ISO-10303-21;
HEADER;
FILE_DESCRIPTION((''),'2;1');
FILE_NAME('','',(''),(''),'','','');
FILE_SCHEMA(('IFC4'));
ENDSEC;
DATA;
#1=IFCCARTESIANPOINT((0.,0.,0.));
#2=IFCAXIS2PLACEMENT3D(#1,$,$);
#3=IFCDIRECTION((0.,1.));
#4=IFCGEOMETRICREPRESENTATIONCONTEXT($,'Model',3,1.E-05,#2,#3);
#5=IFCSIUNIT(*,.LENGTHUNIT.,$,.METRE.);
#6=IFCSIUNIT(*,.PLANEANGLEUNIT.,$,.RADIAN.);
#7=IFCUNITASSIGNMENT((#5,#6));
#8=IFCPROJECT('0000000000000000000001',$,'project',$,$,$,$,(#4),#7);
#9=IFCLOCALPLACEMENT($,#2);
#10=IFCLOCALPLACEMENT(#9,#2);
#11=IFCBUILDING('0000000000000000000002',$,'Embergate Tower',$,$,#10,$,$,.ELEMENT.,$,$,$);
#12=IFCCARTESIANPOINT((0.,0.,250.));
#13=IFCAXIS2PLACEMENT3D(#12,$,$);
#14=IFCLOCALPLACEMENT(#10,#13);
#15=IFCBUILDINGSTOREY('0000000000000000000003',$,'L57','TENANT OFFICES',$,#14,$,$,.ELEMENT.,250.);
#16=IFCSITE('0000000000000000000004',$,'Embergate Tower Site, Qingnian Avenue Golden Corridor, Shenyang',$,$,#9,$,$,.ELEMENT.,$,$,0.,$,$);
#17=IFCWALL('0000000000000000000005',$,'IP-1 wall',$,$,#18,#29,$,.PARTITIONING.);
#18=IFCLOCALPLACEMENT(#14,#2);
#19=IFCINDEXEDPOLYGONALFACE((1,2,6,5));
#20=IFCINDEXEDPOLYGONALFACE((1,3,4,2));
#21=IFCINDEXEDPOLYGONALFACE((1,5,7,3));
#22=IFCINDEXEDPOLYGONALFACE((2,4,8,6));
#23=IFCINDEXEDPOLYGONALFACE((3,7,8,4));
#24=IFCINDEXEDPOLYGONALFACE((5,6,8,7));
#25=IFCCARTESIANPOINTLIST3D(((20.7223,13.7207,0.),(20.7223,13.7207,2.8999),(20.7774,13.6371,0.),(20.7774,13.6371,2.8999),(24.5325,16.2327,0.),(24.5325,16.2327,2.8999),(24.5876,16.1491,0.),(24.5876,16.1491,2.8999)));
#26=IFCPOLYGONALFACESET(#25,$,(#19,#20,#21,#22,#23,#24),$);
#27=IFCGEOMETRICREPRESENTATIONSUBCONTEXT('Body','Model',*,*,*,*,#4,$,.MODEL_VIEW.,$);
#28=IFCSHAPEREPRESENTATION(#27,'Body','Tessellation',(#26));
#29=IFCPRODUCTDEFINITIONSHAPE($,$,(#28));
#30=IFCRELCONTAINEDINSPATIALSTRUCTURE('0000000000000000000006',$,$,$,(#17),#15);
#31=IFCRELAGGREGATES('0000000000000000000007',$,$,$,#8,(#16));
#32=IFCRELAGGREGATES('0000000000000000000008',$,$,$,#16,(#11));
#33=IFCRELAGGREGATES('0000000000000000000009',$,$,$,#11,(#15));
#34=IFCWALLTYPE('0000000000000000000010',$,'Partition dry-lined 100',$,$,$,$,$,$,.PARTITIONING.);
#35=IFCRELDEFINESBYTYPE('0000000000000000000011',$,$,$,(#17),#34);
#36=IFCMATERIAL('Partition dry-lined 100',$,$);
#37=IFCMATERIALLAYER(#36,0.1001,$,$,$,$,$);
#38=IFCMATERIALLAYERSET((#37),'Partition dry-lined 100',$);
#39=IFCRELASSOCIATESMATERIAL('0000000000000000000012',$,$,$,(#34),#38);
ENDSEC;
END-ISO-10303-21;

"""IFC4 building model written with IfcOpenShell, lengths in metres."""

from ifc_helpers import new_model, si_unit, direction, frame, frame_2d, origin, place, context, subcontext, project, spatial, rectangle, extrude, source, transform, mapped, material, layer, layer_set, type_object, element, save


model = new_model("IFC4")

# Units and contexts
model_context = context("Model", 3, precision=1e-05, world=origin(), true_north=direction((0.0, 1.0)))
body_context = subcontext(model_context, "Body", "Model", "MODEL_VIEW")
ifc_project = project(units=[si_unit("LENGTHUNIT", "METRE"), si_unit("PLANEANGLEUNIT", "RADIAN")], contexts=[model_context])

# Site, building, storey
site_placement = place(None, origin())
site = spatial("IfcSite", under=ifc_project, at=site_placement, Name="Embergate Tower Site, Qingnian Avenue Golden Corridor, Shenyang", CompositionType="ELEMENT", RefElevation=0.0)
building_placement = place(site_placement, origin())
building = spatial("IfcBuilding", under=site, at=building_placement, Name="Embergate Tower", CompositionType="ELEMENT")
storey_placement = place(building_placement, frame((0.0, 0.0, 250.0)))
storey = spatial("IfcBuildingStorey", under=building, at=storey_placement, Name="L57", Description="TENANT OFFICES", CompositionType="ELEMENT", Elevation=250.0)

# Wall
ifc_material_1 = material(Name="Partition dry-lined 100")
ifc_layer_1 = layer(ifc_material_1, 0.1001)
ifc_layer_set_1 = layer_set([ifc_layer_1], Name="Partition dry-lined 100")
wall_type = type_object("IfcWallType", Name="Partition dry-lined 100", PredefinedType="PARTITIONING", material=ifc_layer_set_1)
shared_shape_1 = source(origin(), body_context, "Body", "SweptSolid", [
    extrude(rectangle(XDim=4.5637, YDim=0.1001, at=frame_2d((2.2817, 0.0))), origin(), (0.0, 0.0, 1.0), 2.8999),
])
wall_placement = place(storey_placement, frame((20.75, 13.679, 0.0), z_axis=(0.0, 0.0, 1.0), x_axis=(0.834879, 0.550434, 0.0)))
element("IfcWall", 1, at=wall_placement, inside=storey, type_object=wall_type, Name="IP-1 wall", PredefinedType="PARTITIONING", context=body_context, shape_type="MappedRepresentation", body=[
    mapped(shared_shape_1, transform((0.0, 0.0, 0.0))),
])

save(model, "model.ifc")
